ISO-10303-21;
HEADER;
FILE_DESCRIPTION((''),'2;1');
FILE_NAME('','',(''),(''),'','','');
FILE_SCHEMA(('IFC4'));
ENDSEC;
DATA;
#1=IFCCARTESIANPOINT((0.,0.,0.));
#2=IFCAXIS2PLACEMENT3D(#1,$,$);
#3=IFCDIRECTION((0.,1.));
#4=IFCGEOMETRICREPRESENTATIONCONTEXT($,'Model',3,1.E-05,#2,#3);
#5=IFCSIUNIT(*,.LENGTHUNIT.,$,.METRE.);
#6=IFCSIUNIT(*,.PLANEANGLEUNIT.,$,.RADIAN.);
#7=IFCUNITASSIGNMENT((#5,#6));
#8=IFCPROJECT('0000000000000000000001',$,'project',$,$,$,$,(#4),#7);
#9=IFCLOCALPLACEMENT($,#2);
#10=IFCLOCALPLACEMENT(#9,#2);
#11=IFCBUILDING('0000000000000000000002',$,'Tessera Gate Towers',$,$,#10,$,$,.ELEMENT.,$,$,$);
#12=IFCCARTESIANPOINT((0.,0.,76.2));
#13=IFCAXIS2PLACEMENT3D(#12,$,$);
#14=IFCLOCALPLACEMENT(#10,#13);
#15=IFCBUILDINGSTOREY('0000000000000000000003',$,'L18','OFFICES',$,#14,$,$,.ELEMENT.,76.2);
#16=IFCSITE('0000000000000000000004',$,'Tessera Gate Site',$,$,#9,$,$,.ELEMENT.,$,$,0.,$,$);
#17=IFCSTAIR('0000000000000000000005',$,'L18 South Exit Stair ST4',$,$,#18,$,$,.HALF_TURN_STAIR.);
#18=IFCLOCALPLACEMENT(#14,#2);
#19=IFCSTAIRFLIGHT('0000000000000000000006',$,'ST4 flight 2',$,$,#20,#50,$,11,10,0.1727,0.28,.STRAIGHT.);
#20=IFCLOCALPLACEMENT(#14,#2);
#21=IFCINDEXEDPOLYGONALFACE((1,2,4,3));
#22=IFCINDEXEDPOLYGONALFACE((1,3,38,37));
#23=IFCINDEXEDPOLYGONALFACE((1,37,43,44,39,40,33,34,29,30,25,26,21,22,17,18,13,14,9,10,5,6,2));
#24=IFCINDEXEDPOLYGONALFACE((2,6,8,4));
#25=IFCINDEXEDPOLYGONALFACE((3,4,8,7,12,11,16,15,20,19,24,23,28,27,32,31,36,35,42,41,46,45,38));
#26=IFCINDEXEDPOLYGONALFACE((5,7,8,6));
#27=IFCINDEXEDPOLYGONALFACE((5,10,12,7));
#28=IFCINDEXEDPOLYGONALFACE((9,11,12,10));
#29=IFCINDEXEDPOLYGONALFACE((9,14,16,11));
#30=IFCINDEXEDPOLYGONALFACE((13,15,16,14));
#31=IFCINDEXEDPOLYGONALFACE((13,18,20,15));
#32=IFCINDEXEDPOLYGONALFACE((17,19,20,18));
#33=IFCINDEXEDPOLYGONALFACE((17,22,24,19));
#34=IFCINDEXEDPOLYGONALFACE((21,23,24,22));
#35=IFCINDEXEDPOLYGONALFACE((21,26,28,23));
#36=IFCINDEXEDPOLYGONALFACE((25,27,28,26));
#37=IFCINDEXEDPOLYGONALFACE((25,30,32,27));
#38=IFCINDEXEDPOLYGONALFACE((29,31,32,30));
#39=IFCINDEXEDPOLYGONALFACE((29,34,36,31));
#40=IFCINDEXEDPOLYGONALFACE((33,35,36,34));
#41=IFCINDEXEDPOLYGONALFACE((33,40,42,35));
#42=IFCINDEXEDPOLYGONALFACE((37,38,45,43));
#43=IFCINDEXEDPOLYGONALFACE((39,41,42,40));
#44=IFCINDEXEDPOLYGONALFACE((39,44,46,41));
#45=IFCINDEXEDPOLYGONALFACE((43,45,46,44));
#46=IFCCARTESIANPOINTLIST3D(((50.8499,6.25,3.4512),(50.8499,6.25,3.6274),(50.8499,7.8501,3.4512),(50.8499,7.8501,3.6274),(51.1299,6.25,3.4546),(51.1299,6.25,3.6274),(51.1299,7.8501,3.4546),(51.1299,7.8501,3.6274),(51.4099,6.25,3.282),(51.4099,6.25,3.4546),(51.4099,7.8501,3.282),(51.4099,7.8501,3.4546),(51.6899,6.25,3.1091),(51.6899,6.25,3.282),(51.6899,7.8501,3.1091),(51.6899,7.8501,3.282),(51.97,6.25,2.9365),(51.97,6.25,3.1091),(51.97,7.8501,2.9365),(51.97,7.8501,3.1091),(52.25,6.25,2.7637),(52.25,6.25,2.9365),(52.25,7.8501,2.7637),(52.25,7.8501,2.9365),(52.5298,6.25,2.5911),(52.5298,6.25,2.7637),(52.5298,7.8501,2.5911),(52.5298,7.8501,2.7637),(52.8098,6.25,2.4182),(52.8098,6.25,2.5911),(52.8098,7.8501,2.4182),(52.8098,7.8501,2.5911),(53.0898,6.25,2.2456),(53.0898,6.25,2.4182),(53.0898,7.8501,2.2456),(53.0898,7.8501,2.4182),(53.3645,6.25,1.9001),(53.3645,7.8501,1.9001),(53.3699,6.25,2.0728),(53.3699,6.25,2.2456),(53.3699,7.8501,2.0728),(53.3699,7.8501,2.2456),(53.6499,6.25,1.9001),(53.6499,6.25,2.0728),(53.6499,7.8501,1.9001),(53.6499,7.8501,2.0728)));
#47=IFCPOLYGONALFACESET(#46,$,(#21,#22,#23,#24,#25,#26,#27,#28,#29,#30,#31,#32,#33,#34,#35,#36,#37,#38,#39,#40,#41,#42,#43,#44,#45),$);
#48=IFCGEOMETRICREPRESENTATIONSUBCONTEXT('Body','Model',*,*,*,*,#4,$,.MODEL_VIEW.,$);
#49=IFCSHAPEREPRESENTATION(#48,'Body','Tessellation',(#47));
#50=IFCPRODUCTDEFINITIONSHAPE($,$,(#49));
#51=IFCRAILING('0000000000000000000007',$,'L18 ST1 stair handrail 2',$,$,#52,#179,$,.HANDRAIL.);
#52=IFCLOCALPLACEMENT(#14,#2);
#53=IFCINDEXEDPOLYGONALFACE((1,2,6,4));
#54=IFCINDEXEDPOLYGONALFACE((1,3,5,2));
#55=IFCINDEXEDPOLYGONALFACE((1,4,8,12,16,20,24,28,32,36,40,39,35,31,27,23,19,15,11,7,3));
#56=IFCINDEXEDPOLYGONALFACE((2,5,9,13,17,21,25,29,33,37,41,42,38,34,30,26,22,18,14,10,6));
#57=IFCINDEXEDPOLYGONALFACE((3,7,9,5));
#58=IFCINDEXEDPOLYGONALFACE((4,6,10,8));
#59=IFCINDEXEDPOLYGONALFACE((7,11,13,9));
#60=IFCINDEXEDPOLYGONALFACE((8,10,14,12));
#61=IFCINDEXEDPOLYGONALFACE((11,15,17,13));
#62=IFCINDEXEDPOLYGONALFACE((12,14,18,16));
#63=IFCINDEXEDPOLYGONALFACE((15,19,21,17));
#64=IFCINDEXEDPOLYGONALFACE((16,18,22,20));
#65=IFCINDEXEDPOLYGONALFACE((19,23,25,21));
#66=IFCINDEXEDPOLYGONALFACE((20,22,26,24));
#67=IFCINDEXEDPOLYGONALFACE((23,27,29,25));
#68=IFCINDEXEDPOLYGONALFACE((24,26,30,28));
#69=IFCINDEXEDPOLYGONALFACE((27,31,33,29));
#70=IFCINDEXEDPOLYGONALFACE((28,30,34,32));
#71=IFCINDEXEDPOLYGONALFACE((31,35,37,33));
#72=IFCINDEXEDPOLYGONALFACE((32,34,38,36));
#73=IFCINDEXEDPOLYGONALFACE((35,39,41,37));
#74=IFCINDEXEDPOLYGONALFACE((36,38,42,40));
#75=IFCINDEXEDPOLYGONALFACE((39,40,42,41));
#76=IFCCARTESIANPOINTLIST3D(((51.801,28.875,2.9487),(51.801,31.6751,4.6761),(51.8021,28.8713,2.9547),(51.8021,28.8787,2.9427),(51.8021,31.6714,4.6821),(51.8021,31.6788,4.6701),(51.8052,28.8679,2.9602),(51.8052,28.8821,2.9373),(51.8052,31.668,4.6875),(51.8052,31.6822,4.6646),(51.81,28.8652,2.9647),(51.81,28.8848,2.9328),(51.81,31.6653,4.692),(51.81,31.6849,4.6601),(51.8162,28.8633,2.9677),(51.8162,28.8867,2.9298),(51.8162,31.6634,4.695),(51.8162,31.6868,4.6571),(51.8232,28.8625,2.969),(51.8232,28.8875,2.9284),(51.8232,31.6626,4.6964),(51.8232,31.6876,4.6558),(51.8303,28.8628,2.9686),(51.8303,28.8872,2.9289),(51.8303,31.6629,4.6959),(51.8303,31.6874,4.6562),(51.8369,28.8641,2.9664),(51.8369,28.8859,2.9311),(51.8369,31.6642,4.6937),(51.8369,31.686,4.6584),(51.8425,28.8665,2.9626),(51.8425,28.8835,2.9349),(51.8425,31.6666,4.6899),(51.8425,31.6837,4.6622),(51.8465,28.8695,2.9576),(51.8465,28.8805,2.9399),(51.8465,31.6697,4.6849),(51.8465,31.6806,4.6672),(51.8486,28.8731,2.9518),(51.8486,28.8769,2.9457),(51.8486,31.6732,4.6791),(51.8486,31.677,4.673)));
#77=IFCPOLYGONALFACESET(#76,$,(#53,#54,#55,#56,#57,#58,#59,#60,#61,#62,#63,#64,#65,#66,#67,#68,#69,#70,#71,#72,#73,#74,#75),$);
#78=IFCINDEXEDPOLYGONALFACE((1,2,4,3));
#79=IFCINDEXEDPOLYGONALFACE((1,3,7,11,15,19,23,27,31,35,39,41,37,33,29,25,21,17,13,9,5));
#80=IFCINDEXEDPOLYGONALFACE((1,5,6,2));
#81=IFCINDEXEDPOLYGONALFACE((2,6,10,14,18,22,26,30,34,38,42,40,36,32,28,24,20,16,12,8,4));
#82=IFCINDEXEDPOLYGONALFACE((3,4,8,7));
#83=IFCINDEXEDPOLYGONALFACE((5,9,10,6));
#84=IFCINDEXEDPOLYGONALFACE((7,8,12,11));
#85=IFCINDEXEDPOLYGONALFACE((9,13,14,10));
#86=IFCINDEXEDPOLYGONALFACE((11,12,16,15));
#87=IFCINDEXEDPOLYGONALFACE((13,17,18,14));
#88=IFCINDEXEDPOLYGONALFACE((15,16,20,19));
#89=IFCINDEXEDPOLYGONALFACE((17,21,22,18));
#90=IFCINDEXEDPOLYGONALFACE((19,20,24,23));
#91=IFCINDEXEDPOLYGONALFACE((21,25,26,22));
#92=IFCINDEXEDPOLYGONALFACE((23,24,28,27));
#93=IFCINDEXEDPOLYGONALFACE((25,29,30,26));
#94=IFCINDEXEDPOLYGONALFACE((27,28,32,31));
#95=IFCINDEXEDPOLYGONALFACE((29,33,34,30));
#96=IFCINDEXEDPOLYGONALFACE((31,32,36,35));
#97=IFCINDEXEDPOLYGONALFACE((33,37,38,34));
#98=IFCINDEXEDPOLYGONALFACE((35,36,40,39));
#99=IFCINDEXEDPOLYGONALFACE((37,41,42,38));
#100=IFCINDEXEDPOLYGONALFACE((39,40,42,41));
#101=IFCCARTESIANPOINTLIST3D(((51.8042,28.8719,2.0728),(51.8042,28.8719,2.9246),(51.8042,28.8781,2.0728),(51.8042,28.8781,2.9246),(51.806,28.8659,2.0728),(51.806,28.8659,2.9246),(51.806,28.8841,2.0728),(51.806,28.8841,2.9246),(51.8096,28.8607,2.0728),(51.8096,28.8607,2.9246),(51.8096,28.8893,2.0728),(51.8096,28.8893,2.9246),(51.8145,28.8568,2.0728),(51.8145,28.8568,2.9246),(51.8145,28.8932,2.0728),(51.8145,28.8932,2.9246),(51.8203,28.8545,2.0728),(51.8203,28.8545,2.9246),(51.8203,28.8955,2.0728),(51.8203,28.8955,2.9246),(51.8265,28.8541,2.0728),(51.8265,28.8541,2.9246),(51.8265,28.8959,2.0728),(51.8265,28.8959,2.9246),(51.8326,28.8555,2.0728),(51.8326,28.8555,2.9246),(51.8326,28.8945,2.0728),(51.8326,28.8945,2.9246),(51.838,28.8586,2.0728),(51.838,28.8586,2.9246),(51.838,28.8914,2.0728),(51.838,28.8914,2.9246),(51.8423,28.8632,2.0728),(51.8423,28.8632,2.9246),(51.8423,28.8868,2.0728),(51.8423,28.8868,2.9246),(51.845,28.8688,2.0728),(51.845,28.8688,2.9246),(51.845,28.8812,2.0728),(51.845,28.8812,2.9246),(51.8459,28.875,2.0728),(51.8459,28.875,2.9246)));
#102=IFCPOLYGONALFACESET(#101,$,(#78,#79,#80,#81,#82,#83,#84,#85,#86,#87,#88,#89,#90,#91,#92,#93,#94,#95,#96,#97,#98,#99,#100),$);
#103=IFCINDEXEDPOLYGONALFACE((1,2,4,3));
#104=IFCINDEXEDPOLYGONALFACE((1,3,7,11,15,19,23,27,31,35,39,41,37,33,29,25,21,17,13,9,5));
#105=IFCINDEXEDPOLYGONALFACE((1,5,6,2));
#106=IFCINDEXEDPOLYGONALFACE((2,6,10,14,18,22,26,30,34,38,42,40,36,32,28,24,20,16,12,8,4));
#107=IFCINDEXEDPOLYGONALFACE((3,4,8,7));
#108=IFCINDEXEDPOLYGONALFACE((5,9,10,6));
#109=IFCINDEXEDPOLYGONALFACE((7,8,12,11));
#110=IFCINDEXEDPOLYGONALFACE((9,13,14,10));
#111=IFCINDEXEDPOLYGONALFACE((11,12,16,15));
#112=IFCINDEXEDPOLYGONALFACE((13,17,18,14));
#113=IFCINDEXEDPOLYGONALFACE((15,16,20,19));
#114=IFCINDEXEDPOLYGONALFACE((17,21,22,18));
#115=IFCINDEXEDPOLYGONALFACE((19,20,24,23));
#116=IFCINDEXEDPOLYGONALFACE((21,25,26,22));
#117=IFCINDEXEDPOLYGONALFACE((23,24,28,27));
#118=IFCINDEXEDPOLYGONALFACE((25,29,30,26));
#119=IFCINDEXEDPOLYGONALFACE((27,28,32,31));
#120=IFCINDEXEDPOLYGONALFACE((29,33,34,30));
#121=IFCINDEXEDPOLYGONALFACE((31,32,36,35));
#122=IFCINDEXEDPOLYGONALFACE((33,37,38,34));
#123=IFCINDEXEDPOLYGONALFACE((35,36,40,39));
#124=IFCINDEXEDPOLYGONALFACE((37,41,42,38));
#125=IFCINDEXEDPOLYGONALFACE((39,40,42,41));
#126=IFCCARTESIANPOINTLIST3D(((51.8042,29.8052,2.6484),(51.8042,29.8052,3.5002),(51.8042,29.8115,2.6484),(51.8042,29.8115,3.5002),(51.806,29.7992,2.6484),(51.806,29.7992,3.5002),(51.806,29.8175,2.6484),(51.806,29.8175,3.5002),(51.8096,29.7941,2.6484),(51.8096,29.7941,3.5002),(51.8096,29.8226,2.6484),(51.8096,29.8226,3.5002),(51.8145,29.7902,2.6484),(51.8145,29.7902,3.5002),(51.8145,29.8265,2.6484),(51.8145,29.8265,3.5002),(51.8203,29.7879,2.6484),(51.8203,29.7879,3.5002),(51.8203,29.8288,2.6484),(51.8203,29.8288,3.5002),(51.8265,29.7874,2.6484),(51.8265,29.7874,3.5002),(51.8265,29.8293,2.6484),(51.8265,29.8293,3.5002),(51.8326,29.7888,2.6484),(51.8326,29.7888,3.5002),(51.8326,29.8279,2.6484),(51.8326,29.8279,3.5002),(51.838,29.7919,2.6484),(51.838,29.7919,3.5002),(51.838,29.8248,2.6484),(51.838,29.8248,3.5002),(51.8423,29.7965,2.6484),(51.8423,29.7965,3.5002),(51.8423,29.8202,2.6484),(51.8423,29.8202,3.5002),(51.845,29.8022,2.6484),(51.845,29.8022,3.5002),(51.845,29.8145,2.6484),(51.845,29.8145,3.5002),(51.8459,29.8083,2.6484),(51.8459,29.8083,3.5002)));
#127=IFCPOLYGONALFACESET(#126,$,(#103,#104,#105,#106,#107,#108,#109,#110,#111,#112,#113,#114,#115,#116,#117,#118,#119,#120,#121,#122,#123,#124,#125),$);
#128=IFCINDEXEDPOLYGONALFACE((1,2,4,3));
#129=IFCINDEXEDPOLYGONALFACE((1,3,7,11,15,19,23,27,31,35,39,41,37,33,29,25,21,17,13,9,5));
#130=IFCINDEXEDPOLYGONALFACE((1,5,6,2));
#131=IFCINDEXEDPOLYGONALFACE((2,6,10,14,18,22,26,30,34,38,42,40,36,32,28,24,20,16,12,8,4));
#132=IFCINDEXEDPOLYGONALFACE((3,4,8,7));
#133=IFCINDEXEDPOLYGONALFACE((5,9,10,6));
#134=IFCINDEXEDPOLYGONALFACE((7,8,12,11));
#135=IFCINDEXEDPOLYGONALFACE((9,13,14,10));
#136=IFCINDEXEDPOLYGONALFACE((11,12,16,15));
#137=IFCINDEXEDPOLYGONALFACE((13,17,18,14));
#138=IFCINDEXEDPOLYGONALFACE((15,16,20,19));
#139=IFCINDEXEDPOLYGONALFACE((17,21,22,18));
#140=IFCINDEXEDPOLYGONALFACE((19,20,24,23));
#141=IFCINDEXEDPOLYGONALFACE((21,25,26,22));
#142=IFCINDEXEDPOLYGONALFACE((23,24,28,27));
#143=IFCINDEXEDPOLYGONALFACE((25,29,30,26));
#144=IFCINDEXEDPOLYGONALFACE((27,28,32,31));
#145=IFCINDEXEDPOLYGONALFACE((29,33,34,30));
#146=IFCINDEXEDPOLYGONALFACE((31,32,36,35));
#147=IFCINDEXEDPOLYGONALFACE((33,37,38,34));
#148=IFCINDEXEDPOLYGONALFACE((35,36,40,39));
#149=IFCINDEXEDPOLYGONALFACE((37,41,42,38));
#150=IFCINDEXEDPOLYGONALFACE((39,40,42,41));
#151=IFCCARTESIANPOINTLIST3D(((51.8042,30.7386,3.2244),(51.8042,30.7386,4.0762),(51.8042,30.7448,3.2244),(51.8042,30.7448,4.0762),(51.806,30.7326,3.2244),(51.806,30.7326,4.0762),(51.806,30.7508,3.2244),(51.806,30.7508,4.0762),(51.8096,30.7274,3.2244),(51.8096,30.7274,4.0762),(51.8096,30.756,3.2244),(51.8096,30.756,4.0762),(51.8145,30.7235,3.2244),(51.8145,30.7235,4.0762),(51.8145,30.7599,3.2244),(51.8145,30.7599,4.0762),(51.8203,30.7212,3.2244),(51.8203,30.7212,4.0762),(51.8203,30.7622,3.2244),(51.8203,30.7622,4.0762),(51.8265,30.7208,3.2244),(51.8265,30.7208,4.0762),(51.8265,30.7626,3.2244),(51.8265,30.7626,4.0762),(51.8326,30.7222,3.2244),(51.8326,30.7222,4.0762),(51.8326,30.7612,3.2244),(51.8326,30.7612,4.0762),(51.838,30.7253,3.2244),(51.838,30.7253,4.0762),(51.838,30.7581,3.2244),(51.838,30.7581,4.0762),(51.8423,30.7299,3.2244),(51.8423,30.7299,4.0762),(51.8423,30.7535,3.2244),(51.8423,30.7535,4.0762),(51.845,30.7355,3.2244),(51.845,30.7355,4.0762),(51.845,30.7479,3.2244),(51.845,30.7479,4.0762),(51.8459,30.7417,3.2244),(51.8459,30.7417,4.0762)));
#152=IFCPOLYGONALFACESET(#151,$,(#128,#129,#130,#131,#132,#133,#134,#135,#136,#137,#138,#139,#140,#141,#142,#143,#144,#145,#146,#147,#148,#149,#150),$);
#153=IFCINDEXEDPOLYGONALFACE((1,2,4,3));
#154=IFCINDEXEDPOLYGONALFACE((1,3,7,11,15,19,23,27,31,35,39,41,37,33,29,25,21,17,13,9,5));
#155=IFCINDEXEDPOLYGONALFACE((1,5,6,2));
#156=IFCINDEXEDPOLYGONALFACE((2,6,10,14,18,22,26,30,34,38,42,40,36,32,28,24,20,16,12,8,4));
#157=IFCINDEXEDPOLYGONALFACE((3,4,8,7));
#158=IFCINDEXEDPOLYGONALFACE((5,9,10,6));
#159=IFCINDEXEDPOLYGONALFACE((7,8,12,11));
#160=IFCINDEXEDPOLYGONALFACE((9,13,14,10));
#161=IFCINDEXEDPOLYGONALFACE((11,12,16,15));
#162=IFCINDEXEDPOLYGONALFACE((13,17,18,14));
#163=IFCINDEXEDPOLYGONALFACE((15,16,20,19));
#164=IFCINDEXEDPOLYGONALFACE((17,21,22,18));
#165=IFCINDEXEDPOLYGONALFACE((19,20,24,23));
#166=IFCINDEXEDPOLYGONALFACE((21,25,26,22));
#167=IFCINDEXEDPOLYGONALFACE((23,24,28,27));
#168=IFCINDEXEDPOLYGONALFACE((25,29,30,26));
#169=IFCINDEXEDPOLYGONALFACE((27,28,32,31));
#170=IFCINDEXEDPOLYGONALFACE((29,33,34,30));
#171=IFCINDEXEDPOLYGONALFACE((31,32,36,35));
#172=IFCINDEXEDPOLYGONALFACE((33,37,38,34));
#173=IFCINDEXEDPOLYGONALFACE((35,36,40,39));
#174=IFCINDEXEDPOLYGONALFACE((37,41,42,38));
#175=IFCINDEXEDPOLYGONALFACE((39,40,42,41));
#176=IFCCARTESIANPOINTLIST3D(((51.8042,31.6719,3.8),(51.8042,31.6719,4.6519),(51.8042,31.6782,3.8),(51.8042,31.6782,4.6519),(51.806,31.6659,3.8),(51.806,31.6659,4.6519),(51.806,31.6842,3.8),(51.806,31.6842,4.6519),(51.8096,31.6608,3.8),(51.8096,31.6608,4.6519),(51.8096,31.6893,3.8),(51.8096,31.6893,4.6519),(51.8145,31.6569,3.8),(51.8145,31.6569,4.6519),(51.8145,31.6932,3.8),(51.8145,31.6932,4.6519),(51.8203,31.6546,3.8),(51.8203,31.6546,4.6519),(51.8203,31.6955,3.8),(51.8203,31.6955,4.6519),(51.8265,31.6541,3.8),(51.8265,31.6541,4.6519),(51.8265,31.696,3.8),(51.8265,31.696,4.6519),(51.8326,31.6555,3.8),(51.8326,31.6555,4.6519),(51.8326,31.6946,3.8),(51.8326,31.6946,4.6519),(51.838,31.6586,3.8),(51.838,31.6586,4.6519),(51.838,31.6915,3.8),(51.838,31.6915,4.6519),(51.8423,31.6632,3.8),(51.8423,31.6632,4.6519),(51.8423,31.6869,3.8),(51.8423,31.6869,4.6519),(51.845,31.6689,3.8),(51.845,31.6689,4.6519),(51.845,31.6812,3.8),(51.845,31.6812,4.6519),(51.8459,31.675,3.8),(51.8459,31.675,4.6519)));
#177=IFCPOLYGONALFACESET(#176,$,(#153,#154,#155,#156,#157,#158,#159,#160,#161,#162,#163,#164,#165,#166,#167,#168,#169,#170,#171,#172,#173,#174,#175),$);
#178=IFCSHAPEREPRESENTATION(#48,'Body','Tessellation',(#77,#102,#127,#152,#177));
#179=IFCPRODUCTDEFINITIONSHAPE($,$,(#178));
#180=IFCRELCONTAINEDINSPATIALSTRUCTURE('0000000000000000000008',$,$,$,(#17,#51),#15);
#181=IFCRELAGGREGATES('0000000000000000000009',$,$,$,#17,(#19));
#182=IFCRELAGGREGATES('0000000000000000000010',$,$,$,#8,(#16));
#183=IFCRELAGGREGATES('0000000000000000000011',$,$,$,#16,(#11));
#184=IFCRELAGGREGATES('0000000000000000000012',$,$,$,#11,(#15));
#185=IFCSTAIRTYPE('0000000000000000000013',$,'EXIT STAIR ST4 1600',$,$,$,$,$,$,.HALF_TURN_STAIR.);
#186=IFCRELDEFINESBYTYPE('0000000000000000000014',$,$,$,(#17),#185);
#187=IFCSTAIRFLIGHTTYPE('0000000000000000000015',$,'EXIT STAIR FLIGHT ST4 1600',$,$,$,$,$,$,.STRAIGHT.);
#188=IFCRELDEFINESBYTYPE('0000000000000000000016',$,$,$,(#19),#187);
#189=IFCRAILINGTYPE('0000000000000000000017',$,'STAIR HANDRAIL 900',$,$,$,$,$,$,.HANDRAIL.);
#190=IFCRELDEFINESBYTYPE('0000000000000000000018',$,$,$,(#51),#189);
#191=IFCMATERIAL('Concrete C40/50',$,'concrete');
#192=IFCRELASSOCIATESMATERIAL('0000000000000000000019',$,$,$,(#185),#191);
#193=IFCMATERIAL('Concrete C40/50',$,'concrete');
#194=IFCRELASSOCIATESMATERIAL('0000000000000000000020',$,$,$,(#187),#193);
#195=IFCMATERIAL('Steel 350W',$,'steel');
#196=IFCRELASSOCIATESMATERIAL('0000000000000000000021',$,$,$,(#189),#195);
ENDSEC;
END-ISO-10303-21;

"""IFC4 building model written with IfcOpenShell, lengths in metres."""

from ifc_helpers import new_model, si_unit, direction, frame, origin, origin_2d, place, context, subcontext, project, spatial, polyline, circle, outline, extrude, material, type_object, element, aggregate, save


model = new_model("IFC4")

# Units and contexts
model_context = context("Model", 3, precision=1e-05, world=origin(), true_north=direction((0.0, 1.0)))
body_context = subcontext(model_context, "Body", "Model", "MODEL_VIEW")
ifc_project = project(units=[si_unit("LENGTHUNIT", "METRE"), si_unit("PLANEANGLEUNIT", "RADIAN")], contexts=[model_context])

# Site, building, storey
site_placement = place(None, origin())
site = spatial("IfcSite", under=ifc_project, at=site_placement, Name="Tessera Gate Site", CompositionType="ELEMENT", RefElevation=0.0)
building_placement = place(site_placement, origin())
building = spatial("IfcBuilding", under=site, at=building_placement, Name="Tessera Gate Towers", CompositionType="ELEMENT")
storey_placement = place(building_placement, frame((0.0, 0.0, 76.2)))
storey = spatial("IfcBuildingStorey", under=building, at=storey_placement, Name="L18", Description="OFFICES", CompositionType="ELEMENT", Elevation=76.2)

# Stair, stair flight
ifc_material_1 = material(Name="Concrete C40/50", Category="concrete")
stair_type = type_object("IfcStairType", Name="EXIT STAIR ST4 1600", PredefinedType="HALF_TURN_STAIR", material=ifc_material_1)
stair_placement = place(storey_placement, origin())
stair = element("IfcStair", 1, at=stair_placement, inside=storey, type_object=stair_type, Name="L18 South Exit Stair ST4", PredefinedType="HALF_TURN_STAIR")
ifc_material_2 = material(Name="Concrete C40/50", Category="concrete")
stair_flight_type = type_object("IfcStairFlightType", Name="EXIT STAIR FLIGHT ST4 1600", PredefinedType="STRAIGHT", material=ifc_material_2)
stair_flight_placement = place(storey_placement, frame((53.6499, 7.05, 1.9001), z_axis=(0.0, 0.0, 1.0), x_axis=(-1.0, 0.0, 0.0)))
stair_flight = element("IfcStairFlight", 2, at=stair_flight_placement, type_object=stair_flight_type, Name="ST4 flight 2", NumberOfRisers=11, NumberOfTreads=10, PredefinedType="STRAIGHT", RiserHeight=0.1727, TreadLength=0.28, context=body_context, shape_type="SweptSolid", body=[
    extrude(outline(polyline([(0.0, 0.0), (0.0, 0.1726), (0.28, 0.1726), (0.28, 0.3455), (0.5601, 0.3455), (0.5601, 0.5181), (0.8401, 0.5181), (0.8401, 0.6909), (1.1201, 0.6909), (1.1201, 0.8635), (1.3999, 0.8635), (1.3999, 1.0364), (1.6799, 1.0364), (1.6799, 1.209), (1.96, 1.209), (1.96, 1.3818), (2.24, 1.3818), (2.24, 1.5544), (2.52, 1.5544), (2.52, 1.7273), (2.8, 1.7273), (2.8, 1.8999), (2.8, 1.551), (0.2854, 0.0), (0.0, 0.0)])), frame((0.0, 0.8, 0.0), z_axis=(0.0, -1.0, 0.0), x_axis=(1.0, 0.0, 0.0)), (0.0, 0.0, 1.0), 1.6001),
])
aggregate(stair, [stair_flight])

# Railing
ifc_material_3 = material(Name="Steel 350W", Category="steel")
railing_type = type_object("IfcRailingType", Name="STAIR HANDRAIL 900", PredefinedType="HANDRAIL", material=ifc_material_3)
railing_1_placement = place(storey_placement, frame((51.825, 28.875, 2.0728)))
element("IfcRailing", 3, at=railing_1_placement, inside=storey, type_object=railing_type, Name="L18 ST1 stair handrail 2", PredefinedType="HANDRAIL", context=body_context, shape_type="SweptSolid", body=[
    extrude(circle(Radius=0.0239, at=origin_2d()), frame((0.0, 0.0, 0.876), z_axis=(0.0, 0.85109, 0.52502), x_axis=(-1.0, 0.0, 0.0)), (0.0, 0.0, 1.0), 3.29),
    extrude(circle(Radius=0.021, at=origin_2d()), origin(), (0.0, 0.0, 1.0), 0.8518),
    extrude(circle(Radius=0.021, at=origin_2d()), frame((0.0, 0.9333, 0.5757)), (0.0, 0.0, 1.0), 0.8518),
    extrude(circle(Radius=0.021, at=origin_2d()), frame((0.0, 1.8667, 1.1516)), (0.0, 0.0, 1.0), 0.8518),
    extrude(circle(Radius=0.021, at=origin_2d()), frame((0.0, 2.8, 1.7273)), (0.0, 0.0, 1.0), 0.8518),
])

save(model, "model.ifc")
